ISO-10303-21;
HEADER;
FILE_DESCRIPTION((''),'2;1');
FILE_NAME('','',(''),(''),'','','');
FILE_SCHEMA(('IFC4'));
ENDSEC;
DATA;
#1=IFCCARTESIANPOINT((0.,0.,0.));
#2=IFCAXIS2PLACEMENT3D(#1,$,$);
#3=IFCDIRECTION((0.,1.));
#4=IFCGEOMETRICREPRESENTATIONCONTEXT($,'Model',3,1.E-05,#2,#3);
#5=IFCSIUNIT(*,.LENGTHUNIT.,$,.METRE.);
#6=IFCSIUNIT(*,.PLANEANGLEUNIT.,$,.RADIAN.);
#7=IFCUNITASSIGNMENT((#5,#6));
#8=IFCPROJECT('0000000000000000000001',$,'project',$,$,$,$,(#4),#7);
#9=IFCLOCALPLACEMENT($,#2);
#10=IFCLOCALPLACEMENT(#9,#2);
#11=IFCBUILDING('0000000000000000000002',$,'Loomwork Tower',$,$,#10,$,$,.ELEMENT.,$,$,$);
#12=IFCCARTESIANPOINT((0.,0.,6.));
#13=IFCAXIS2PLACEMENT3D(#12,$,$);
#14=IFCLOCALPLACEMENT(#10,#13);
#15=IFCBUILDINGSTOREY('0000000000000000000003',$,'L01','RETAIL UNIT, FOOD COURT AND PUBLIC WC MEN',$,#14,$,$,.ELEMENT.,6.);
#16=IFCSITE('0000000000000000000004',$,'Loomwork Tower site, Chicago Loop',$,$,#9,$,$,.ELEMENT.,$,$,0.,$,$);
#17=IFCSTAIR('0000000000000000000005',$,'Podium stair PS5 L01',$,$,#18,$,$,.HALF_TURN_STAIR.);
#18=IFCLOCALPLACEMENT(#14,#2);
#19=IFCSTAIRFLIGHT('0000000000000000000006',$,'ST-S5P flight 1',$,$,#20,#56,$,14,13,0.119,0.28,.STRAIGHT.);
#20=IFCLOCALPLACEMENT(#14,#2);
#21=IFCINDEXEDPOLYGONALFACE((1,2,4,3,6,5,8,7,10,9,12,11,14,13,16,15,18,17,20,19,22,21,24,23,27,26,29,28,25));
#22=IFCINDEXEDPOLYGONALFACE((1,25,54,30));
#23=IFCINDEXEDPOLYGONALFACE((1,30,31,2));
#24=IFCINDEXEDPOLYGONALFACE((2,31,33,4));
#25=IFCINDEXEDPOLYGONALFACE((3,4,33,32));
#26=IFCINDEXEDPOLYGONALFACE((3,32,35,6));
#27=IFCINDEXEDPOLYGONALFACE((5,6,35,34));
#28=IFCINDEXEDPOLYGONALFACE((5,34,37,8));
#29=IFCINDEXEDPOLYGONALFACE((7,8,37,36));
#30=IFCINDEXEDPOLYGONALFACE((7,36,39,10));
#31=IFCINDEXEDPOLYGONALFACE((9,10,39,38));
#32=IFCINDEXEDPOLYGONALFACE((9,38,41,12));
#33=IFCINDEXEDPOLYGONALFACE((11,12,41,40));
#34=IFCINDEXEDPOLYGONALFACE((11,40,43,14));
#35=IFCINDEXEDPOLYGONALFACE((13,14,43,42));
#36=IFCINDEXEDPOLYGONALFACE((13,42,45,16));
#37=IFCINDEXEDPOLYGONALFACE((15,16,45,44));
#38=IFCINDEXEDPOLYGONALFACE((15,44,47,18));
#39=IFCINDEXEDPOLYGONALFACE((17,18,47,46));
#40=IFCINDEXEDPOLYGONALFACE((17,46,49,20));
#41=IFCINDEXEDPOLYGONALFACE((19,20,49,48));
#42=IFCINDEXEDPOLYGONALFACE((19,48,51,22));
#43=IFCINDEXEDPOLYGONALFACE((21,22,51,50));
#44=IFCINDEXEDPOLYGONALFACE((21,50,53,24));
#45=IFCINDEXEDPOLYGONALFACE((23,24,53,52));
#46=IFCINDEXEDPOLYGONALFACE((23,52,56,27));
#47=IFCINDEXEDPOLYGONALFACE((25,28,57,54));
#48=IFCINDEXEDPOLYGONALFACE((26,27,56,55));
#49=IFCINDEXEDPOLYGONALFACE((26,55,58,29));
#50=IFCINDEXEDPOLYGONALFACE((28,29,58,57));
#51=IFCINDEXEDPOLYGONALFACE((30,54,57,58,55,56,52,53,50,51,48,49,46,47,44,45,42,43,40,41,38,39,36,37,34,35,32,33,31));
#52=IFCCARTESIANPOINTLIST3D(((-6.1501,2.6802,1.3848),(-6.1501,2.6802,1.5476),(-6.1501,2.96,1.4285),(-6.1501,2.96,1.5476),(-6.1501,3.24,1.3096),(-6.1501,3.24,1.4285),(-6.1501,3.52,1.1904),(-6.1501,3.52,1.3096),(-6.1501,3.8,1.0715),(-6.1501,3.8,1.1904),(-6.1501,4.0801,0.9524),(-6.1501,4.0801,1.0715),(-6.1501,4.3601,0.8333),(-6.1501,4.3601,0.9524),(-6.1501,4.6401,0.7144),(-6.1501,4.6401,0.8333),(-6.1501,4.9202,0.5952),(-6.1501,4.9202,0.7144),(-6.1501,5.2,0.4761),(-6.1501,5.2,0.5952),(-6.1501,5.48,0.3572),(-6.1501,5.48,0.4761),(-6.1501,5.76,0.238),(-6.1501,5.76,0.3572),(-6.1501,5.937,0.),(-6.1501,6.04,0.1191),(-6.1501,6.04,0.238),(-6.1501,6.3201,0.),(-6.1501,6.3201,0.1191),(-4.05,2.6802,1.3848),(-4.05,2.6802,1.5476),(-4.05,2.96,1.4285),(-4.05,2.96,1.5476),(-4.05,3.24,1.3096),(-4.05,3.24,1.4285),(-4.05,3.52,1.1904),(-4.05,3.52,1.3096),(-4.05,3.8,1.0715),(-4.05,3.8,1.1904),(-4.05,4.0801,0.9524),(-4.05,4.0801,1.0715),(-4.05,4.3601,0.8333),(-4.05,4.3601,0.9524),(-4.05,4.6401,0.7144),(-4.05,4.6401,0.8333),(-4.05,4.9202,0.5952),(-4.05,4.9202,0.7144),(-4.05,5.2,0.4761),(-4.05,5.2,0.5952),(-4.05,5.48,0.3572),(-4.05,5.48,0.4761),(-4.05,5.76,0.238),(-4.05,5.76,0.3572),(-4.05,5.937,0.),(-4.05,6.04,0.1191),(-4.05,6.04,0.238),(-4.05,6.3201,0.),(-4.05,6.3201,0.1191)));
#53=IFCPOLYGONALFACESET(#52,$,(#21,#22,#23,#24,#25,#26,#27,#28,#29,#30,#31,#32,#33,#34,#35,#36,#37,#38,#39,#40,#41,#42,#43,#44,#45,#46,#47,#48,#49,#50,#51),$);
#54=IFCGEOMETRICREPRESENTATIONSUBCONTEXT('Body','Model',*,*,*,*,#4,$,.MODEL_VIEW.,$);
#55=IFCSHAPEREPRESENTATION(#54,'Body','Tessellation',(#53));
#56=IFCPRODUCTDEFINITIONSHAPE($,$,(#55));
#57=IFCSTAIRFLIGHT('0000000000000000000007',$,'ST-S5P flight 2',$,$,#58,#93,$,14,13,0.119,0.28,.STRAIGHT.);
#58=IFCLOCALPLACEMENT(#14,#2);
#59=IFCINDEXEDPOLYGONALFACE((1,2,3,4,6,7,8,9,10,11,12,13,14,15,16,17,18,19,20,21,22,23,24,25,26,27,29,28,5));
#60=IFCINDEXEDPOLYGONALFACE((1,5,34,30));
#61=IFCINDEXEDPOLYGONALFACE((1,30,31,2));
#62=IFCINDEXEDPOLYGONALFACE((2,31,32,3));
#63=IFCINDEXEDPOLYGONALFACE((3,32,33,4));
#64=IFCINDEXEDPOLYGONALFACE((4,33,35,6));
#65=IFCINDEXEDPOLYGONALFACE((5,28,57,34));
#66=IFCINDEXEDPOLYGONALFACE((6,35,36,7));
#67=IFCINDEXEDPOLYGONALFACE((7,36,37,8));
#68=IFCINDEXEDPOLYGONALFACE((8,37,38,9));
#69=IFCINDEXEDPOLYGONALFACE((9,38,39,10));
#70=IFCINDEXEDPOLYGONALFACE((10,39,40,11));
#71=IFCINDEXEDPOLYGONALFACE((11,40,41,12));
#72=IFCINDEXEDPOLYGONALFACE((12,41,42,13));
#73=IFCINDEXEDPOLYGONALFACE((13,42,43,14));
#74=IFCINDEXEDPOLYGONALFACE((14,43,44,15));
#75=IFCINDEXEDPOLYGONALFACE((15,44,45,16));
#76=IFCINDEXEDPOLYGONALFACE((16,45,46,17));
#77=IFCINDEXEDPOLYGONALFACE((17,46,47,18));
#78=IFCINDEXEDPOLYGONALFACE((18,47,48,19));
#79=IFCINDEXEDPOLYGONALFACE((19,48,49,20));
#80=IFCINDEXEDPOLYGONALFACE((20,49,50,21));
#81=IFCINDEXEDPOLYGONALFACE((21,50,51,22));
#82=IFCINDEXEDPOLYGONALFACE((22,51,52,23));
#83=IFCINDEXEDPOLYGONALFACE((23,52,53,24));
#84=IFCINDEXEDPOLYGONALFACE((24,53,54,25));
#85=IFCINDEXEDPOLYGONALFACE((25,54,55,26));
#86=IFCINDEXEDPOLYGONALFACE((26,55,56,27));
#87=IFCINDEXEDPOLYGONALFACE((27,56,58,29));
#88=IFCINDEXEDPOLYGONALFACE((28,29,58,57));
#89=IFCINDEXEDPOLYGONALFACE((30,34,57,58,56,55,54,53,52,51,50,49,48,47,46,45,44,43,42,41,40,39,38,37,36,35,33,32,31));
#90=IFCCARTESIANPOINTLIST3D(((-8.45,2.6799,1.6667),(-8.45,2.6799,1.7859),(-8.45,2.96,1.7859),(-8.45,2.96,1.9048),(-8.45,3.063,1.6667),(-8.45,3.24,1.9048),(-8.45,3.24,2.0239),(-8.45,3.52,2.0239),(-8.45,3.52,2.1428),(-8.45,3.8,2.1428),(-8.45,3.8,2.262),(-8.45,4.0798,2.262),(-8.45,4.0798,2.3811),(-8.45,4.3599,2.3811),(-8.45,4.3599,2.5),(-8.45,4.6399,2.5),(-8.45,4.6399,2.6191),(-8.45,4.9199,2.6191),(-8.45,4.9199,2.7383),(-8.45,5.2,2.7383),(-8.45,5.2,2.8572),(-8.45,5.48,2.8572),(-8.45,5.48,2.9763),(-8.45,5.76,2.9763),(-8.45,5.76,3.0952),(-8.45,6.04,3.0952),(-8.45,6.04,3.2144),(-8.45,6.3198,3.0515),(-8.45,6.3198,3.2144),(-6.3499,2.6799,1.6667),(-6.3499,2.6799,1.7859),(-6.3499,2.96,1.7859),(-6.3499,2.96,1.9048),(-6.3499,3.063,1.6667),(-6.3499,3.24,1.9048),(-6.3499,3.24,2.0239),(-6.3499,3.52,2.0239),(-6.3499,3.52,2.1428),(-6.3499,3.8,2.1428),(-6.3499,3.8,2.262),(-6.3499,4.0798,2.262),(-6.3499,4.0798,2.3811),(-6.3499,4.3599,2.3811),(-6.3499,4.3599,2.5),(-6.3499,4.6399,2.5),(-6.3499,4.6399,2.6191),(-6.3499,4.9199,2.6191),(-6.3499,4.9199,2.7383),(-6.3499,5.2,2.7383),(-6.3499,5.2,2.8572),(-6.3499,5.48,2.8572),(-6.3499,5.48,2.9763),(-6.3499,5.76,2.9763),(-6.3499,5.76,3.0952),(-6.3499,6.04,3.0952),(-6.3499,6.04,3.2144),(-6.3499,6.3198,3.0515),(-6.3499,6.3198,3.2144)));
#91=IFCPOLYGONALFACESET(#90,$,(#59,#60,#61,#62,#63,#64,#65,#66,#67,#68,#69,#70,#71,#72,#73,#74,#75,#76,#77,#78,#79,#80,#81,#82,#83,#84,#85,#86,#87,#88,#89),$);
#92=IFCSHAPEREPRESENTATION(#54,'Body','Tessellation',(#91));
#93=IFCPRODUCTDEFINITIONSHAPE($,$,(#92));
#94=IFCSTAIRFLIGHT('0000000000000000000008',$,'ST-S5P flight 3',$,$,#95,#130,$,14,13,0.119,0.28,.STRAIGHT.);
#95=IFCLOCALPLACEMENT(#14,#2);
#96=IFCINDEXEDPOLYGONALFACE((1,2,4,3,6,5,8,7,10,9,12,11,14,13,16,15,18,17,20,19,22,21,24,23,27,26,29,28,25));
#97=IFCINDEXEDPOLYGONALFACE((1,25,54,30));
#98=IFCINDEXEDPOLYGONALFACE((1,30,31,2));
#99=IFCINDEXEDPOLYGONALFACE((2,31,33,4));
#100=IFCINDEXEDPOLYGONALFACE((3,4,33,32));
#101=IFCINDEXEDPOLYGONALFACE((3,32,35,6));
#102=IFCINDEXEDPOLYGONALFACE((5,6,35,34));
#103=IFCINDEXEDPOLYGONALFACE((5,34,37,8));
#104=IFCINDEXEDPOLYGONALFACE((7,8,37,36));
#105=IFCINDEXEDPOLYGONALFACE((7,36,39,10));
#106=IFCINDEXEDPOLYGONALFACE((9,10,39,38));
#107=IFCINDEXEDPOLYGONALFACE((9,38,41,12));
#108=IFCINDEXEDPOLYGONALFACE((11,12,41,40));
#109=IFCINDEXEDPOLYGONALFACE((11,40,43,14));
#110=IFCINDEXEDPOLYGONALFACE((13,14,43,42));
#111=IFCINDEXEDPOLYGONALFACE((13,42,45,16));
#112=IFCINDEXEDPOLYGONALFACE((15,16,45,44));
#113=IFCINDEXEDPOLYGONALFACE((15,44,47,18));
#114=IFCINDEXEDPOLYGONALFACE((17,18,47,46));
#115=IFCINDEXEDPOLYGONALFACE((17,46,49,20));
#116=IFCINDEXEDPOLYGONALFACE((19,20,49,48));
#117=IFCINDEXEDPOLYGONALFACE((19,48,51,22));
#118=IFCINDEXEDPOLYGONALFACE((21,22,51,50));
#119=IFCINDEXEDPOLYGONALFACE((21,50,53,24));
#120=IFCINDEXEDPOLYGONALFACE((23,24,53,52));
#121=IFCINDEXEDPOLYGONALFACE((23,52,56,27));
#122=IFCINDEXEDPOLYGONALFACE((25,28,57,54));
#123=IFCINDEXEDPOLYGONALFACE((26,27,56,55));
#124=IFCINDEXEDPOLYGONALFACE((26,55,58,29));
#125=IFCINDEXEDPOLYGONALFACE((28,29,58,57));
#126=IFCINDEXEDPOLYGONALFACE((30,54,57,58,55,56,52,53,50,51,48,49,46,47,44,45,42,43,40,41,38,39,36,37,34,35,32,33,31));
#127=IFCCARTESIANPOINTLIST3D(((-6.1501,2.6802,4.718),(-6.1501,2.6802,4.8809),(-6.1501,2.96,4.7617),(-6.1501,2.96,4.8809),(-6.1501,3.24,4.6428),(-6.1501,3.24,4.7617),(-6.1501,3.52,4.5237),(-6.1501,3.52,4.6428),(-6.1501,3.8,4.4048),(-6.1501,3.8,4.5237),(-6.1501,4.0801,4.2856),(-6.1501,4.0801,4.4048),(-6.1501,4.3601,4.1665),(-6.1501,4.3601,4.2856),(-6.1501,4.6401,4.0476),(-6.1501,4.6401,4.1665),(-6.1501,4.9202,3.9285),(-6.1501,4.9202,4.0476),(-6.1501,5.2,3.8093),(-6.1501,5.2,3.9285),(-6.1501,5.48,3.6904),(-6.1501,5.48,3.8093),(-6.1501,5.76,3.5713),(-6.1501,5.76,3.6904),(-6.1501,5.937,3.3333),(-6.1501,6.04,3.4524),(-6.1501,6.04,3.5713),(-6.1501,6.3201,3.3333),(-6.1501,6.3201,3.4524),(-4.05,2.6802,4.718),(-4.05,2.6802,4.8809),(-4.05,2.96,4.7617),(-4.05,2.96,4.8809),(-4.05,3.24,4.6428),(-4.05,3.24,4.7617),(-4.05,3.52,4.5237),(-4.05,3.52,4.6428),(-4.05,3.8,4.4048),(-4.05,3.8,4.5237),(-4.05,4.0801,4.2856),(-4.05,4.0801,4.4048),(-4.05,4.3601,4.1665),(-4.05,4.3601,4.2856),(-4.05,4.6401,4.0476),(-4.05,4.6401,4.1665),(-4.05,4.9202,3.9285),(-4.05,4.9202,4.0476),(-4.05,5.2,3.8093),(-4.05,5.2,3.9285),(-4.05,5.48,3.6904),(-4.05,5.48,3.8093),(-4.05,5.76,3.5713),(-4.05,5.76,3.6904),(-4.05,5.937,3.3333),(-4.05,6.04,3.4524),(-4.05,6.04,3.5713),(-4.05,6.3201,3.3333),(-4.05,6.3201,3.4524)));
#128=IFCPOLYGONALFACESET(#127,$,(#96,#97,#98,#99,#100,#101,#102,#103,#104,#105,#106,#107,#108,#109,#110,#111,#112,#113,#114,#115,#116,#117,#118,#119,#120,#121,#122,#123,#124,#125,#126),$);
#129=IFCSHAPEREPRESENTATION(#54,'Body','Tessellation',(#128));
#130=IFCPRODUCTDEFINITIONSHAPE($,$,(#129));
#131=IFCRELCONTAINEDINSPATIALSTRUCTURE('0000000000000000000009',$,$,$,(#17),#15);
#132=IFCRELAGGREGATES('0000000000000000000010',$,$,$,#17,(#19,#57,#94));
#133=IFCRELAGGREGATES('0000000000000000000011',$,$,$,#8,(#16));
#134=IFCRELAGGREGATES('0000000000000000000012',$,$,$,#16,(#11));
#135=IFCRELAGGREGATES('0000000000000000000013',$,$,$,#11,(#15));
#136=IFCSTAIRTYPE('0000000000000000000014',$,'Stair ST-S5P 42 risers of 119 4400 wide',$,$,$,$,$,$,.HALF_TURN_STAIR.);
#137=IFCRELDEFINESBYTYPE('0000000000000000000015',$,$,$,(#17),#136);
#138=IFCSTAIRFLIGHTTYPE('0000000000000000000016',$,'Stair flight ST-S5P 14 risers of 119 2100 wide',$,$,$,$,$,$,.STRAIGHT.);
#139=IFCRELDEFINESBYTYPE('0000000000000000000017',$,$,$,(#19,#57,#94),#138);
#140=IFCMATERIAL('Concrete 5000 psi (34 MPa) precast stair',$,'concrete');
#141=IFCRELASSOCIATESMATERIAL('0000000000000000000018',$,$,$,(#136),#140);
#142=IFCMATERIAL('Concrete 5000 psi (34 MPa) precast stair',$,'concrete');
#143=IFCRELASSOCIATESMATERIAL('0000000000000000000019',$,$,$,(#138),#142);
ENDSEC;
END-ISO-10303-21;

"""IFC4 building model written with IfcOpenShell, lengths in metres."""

from ifc_helpers import new_model, si_unit, direction, frame, origin, place, context, subcontext, project, spatial, polyline, outline, extrude, material, type_object, element, aggregate, save


model = new_model("IFC4")

# Units and contexts
model_context = context("Model", 3, precision=1e-05, world=origin(), true_north=direction((0.0, 1.0)))
body_context = subcontext(model_context, "Body", "Model", "MODEL_VIEW")
ifc_project = project(units=[si_unit("LENGTHUNIT", "METRE"), si_unit("PLANEANGLEUNIT", "RADIAN")], contexts=[model_context])

# Site, building, storey
site_placement = place(None, origin())
site = spatial("IfcSite", under=ifc_project, at=site_placement, Name="Loomwork Tower site, Chicago Loop", CompositionType="ELEMENT", RefElevation=0.0)
building_placement = place(site_placement, origin())
building = spatial("IfcBuilding", under=site, at=building_placement, Name="Loomwork Tower", CompositionType="ELEMENT")
storey_placement = place(building_placement, frame((0.0, 0.0, 6.0)))
storey = spatial("IfcBuildingStorey", under=building, at=storey_placement, Name="L01", Description="RETAIL UNIT, FOOD COURT AND PUBLIC WC MEN", CompositionType="ELEMENT", Elevation=6.0)

# Stair
ifc_material_1 = material(Name="Concrete 5000 psi (34 MPa) precast stair", Category="concrete")
stair_type_1 = type_object("IfcStairType", Name="Stair ST-S5P 42 risers of 119 4400 wide", PredefinedType="HALF_TURN_STAIR", material=ifc_material_1)
stair_1_placement = place(storey_placement, origin())
stair_1 = element("IfcStair", 1, at=stair_1_placement, inside=storey, type_object=stair_type_1, Name="Podium stair PS5 L01", PredefinedType="HALF_TURN_STAIR")

# Stair flights
ifc_material_2 = material(Name="Concrete 5000 psi (34 MPa) precast stair", Category="concrete")
stair_flight_type = type_object("IfcStairFlightType", Name="Stair flight ST-S5P 14 risers of 119 2100 wide", PredefinedType="STRAIGHT", material=ifc_material_2)
stair_flight_1_placement = place(storey_placement, frame((-5.1001, 6.3201, 0.0), z_axis=(0.0, 0.0, 1.0), x_axis=(0.0, -1.0, 0.0)))
stair_flight_1 = element("IfcStairFlight", 2, at=stair_flight_1_placement, type_object=stair_flight_type, Name="ST-S5P flight 1", NumberOfRisers=14, NumberOfTreads=13, PredefinedType="STRAIGHT", RiserHeight=0.119, TreadLength=0.28, context=body_context, shape_type="SweptSolid", body=[
    extrude(outline(polyline([(0.0, 0.0), (0.0, 0.1191), (0.28, 0.1191), (0.28, 0.238), (0.5601, 0.238), (0.5601, 0.3572), (0.8401, 0.3572), (0.8401, 0.4761), (1.1201, 0.4761), (1.1201, 0.5952), (1.3999, 0.5952), (1.3999, 0.7144), (1.6799, 0.7144), (1.6799, 0.8333), (1.96, 0.8333), (1.96, 0.9524), (2.24, 0.9524), (2.24, 1.0715), (2.52, 1.0715), (2.52, 1.1904), (2.8, 1.1904), (2.8, 1.3096), (3.0801, 1.3096), (3.0801, 1.4285), (3.3601, 1.4285), (3.3601, 1.5476), (3.6399, 1.5476), (3.6399, 1.6667), (3.6399, 1.3848), (0.3831, 0.0), (0.0, 0.0)])), frame((0.0, 1.05, 0.0), z_axis=(0.0, -1.0, 0.0), x_axis=(1.0, 0.0, 0.0)), (0.0, 0.0, 1.0), 2.1001),
])
stair_flight_2_placement = place(storey_placement, frame((-7.3999, 2.6799, 1.6667), z_axis=(0.0, 0.0, 1.0), x_axis=(0.0, 1.0, 0.0)))
stair_flight_2 = element("IfcStairFlight", 3, at=stair_flight_2_placement, type_object=stair_flight_type, Name="ST-S5P flight 2", NumberOfRisers=14, NumberOfTreads=13, PredefinedType="STRAIGHT", RiserHeight=0.119, TreadLength=0.28, context=body_context, shape_type="SweptSolid", body=[
    extrude(outline(polyline([(0.0, 0.0), (0.0, 0.1191), (0.28, 0.1191), (0.28, 0.238), (0.5601, 0.238), (0.5601, 0.3572), (0.8401, 0.3572), (0.8401, 0.4761), (1.1201, 0.4761), (1.1201, 0.5952), (1.3999, 0.5952), (1.3999, 0.7144), (1.6799, 0.7144), (1.6799, 0.8333), (1.96, 0.8333), (1.96, 0.9524), (2.24, 0.9524), (2.24, 1.0715), (2.52, 1.0715), (2.52, 1.1904), (2.8, 1.1904), (2.8, 1.3096), (3.0801, 1.3096), (3.0801, 1.4285), (3.3601, 1.4285), (3.3601, 1.5476), (3.6399, 1.5476), (3.6399, 1.6667), (3.6399, 1.3848), (0.3831, 0.0), (0.0, 0.0)])), frame((0.0, 1.05, 0.0), z_axis=(0.0, -1.0, 0.0), x_axis=(1.0, 0.0, 0.0)), (0.0, 0.0, 1.0), 2.1001),
])
stair_flight_3_placement = place(storey_placement, frame((-5.1001, 6.3201, 3.3333), z_axis=(0.0, 0.0, 1.0), x_axis=(0.0, -1.0, 0.0)))
stair_flight_3 = element("IfcStairFlight", 4, at=stair_flight_3_placement, type_object=stair_flight_type, Name="ST-S5P flight 3", NumberOfRisers=14, NumberOfTreads=13, PredefinedType="STRAIGHT", RiserHeight=0.119, TreadLength=0.28, context=body_context, shape_type="SweptSolid", body=[
    extrude(outline(polyline([(0.0, 0.0), (0.0, 0.1191), (0.28, 0.1191), (0.28, 0.238), (0.5601, 0.238), (0.5601, 0.3572), (0.8401, 0.3572), (0.8401, 0.4761), (1.1201, 0.4761), (1.1201, 0.5952), (1.3999, 0.5952), (1.3999, 0.7144), (1.6799, 0.7144), (1.6799, 0.8333), (1.96, 0.8333), (1.96, 0.9524), (2.24, 0.9524), (2.24, 1.0715), (2.52, 1.0715), (2.52, 1.1904), (2.8, 1.1904), (2.8, 1.3096), (3.0801, 1.3096), (3.0801, 1.4285), (3.3601, 1.4285), (3.3601, 1.5476), (3.6399, 1.5476), (3.6399, 1.6667), (3.6399, 1.3848), (0.3831, 0.0), (0.0, 0.0)])), frame((0.0, 1.05, 0.0), z_axis=(0.0, -1.0, 0.0), x_axis=(1.0, 0.0, 0.0)), (0.0, 0.0, 1.0), 2.1001),
])
aggregate(stair_1, [stair_flight_1, stair_flight_2, stair_flight_3])

save(model, "model.ifc")
